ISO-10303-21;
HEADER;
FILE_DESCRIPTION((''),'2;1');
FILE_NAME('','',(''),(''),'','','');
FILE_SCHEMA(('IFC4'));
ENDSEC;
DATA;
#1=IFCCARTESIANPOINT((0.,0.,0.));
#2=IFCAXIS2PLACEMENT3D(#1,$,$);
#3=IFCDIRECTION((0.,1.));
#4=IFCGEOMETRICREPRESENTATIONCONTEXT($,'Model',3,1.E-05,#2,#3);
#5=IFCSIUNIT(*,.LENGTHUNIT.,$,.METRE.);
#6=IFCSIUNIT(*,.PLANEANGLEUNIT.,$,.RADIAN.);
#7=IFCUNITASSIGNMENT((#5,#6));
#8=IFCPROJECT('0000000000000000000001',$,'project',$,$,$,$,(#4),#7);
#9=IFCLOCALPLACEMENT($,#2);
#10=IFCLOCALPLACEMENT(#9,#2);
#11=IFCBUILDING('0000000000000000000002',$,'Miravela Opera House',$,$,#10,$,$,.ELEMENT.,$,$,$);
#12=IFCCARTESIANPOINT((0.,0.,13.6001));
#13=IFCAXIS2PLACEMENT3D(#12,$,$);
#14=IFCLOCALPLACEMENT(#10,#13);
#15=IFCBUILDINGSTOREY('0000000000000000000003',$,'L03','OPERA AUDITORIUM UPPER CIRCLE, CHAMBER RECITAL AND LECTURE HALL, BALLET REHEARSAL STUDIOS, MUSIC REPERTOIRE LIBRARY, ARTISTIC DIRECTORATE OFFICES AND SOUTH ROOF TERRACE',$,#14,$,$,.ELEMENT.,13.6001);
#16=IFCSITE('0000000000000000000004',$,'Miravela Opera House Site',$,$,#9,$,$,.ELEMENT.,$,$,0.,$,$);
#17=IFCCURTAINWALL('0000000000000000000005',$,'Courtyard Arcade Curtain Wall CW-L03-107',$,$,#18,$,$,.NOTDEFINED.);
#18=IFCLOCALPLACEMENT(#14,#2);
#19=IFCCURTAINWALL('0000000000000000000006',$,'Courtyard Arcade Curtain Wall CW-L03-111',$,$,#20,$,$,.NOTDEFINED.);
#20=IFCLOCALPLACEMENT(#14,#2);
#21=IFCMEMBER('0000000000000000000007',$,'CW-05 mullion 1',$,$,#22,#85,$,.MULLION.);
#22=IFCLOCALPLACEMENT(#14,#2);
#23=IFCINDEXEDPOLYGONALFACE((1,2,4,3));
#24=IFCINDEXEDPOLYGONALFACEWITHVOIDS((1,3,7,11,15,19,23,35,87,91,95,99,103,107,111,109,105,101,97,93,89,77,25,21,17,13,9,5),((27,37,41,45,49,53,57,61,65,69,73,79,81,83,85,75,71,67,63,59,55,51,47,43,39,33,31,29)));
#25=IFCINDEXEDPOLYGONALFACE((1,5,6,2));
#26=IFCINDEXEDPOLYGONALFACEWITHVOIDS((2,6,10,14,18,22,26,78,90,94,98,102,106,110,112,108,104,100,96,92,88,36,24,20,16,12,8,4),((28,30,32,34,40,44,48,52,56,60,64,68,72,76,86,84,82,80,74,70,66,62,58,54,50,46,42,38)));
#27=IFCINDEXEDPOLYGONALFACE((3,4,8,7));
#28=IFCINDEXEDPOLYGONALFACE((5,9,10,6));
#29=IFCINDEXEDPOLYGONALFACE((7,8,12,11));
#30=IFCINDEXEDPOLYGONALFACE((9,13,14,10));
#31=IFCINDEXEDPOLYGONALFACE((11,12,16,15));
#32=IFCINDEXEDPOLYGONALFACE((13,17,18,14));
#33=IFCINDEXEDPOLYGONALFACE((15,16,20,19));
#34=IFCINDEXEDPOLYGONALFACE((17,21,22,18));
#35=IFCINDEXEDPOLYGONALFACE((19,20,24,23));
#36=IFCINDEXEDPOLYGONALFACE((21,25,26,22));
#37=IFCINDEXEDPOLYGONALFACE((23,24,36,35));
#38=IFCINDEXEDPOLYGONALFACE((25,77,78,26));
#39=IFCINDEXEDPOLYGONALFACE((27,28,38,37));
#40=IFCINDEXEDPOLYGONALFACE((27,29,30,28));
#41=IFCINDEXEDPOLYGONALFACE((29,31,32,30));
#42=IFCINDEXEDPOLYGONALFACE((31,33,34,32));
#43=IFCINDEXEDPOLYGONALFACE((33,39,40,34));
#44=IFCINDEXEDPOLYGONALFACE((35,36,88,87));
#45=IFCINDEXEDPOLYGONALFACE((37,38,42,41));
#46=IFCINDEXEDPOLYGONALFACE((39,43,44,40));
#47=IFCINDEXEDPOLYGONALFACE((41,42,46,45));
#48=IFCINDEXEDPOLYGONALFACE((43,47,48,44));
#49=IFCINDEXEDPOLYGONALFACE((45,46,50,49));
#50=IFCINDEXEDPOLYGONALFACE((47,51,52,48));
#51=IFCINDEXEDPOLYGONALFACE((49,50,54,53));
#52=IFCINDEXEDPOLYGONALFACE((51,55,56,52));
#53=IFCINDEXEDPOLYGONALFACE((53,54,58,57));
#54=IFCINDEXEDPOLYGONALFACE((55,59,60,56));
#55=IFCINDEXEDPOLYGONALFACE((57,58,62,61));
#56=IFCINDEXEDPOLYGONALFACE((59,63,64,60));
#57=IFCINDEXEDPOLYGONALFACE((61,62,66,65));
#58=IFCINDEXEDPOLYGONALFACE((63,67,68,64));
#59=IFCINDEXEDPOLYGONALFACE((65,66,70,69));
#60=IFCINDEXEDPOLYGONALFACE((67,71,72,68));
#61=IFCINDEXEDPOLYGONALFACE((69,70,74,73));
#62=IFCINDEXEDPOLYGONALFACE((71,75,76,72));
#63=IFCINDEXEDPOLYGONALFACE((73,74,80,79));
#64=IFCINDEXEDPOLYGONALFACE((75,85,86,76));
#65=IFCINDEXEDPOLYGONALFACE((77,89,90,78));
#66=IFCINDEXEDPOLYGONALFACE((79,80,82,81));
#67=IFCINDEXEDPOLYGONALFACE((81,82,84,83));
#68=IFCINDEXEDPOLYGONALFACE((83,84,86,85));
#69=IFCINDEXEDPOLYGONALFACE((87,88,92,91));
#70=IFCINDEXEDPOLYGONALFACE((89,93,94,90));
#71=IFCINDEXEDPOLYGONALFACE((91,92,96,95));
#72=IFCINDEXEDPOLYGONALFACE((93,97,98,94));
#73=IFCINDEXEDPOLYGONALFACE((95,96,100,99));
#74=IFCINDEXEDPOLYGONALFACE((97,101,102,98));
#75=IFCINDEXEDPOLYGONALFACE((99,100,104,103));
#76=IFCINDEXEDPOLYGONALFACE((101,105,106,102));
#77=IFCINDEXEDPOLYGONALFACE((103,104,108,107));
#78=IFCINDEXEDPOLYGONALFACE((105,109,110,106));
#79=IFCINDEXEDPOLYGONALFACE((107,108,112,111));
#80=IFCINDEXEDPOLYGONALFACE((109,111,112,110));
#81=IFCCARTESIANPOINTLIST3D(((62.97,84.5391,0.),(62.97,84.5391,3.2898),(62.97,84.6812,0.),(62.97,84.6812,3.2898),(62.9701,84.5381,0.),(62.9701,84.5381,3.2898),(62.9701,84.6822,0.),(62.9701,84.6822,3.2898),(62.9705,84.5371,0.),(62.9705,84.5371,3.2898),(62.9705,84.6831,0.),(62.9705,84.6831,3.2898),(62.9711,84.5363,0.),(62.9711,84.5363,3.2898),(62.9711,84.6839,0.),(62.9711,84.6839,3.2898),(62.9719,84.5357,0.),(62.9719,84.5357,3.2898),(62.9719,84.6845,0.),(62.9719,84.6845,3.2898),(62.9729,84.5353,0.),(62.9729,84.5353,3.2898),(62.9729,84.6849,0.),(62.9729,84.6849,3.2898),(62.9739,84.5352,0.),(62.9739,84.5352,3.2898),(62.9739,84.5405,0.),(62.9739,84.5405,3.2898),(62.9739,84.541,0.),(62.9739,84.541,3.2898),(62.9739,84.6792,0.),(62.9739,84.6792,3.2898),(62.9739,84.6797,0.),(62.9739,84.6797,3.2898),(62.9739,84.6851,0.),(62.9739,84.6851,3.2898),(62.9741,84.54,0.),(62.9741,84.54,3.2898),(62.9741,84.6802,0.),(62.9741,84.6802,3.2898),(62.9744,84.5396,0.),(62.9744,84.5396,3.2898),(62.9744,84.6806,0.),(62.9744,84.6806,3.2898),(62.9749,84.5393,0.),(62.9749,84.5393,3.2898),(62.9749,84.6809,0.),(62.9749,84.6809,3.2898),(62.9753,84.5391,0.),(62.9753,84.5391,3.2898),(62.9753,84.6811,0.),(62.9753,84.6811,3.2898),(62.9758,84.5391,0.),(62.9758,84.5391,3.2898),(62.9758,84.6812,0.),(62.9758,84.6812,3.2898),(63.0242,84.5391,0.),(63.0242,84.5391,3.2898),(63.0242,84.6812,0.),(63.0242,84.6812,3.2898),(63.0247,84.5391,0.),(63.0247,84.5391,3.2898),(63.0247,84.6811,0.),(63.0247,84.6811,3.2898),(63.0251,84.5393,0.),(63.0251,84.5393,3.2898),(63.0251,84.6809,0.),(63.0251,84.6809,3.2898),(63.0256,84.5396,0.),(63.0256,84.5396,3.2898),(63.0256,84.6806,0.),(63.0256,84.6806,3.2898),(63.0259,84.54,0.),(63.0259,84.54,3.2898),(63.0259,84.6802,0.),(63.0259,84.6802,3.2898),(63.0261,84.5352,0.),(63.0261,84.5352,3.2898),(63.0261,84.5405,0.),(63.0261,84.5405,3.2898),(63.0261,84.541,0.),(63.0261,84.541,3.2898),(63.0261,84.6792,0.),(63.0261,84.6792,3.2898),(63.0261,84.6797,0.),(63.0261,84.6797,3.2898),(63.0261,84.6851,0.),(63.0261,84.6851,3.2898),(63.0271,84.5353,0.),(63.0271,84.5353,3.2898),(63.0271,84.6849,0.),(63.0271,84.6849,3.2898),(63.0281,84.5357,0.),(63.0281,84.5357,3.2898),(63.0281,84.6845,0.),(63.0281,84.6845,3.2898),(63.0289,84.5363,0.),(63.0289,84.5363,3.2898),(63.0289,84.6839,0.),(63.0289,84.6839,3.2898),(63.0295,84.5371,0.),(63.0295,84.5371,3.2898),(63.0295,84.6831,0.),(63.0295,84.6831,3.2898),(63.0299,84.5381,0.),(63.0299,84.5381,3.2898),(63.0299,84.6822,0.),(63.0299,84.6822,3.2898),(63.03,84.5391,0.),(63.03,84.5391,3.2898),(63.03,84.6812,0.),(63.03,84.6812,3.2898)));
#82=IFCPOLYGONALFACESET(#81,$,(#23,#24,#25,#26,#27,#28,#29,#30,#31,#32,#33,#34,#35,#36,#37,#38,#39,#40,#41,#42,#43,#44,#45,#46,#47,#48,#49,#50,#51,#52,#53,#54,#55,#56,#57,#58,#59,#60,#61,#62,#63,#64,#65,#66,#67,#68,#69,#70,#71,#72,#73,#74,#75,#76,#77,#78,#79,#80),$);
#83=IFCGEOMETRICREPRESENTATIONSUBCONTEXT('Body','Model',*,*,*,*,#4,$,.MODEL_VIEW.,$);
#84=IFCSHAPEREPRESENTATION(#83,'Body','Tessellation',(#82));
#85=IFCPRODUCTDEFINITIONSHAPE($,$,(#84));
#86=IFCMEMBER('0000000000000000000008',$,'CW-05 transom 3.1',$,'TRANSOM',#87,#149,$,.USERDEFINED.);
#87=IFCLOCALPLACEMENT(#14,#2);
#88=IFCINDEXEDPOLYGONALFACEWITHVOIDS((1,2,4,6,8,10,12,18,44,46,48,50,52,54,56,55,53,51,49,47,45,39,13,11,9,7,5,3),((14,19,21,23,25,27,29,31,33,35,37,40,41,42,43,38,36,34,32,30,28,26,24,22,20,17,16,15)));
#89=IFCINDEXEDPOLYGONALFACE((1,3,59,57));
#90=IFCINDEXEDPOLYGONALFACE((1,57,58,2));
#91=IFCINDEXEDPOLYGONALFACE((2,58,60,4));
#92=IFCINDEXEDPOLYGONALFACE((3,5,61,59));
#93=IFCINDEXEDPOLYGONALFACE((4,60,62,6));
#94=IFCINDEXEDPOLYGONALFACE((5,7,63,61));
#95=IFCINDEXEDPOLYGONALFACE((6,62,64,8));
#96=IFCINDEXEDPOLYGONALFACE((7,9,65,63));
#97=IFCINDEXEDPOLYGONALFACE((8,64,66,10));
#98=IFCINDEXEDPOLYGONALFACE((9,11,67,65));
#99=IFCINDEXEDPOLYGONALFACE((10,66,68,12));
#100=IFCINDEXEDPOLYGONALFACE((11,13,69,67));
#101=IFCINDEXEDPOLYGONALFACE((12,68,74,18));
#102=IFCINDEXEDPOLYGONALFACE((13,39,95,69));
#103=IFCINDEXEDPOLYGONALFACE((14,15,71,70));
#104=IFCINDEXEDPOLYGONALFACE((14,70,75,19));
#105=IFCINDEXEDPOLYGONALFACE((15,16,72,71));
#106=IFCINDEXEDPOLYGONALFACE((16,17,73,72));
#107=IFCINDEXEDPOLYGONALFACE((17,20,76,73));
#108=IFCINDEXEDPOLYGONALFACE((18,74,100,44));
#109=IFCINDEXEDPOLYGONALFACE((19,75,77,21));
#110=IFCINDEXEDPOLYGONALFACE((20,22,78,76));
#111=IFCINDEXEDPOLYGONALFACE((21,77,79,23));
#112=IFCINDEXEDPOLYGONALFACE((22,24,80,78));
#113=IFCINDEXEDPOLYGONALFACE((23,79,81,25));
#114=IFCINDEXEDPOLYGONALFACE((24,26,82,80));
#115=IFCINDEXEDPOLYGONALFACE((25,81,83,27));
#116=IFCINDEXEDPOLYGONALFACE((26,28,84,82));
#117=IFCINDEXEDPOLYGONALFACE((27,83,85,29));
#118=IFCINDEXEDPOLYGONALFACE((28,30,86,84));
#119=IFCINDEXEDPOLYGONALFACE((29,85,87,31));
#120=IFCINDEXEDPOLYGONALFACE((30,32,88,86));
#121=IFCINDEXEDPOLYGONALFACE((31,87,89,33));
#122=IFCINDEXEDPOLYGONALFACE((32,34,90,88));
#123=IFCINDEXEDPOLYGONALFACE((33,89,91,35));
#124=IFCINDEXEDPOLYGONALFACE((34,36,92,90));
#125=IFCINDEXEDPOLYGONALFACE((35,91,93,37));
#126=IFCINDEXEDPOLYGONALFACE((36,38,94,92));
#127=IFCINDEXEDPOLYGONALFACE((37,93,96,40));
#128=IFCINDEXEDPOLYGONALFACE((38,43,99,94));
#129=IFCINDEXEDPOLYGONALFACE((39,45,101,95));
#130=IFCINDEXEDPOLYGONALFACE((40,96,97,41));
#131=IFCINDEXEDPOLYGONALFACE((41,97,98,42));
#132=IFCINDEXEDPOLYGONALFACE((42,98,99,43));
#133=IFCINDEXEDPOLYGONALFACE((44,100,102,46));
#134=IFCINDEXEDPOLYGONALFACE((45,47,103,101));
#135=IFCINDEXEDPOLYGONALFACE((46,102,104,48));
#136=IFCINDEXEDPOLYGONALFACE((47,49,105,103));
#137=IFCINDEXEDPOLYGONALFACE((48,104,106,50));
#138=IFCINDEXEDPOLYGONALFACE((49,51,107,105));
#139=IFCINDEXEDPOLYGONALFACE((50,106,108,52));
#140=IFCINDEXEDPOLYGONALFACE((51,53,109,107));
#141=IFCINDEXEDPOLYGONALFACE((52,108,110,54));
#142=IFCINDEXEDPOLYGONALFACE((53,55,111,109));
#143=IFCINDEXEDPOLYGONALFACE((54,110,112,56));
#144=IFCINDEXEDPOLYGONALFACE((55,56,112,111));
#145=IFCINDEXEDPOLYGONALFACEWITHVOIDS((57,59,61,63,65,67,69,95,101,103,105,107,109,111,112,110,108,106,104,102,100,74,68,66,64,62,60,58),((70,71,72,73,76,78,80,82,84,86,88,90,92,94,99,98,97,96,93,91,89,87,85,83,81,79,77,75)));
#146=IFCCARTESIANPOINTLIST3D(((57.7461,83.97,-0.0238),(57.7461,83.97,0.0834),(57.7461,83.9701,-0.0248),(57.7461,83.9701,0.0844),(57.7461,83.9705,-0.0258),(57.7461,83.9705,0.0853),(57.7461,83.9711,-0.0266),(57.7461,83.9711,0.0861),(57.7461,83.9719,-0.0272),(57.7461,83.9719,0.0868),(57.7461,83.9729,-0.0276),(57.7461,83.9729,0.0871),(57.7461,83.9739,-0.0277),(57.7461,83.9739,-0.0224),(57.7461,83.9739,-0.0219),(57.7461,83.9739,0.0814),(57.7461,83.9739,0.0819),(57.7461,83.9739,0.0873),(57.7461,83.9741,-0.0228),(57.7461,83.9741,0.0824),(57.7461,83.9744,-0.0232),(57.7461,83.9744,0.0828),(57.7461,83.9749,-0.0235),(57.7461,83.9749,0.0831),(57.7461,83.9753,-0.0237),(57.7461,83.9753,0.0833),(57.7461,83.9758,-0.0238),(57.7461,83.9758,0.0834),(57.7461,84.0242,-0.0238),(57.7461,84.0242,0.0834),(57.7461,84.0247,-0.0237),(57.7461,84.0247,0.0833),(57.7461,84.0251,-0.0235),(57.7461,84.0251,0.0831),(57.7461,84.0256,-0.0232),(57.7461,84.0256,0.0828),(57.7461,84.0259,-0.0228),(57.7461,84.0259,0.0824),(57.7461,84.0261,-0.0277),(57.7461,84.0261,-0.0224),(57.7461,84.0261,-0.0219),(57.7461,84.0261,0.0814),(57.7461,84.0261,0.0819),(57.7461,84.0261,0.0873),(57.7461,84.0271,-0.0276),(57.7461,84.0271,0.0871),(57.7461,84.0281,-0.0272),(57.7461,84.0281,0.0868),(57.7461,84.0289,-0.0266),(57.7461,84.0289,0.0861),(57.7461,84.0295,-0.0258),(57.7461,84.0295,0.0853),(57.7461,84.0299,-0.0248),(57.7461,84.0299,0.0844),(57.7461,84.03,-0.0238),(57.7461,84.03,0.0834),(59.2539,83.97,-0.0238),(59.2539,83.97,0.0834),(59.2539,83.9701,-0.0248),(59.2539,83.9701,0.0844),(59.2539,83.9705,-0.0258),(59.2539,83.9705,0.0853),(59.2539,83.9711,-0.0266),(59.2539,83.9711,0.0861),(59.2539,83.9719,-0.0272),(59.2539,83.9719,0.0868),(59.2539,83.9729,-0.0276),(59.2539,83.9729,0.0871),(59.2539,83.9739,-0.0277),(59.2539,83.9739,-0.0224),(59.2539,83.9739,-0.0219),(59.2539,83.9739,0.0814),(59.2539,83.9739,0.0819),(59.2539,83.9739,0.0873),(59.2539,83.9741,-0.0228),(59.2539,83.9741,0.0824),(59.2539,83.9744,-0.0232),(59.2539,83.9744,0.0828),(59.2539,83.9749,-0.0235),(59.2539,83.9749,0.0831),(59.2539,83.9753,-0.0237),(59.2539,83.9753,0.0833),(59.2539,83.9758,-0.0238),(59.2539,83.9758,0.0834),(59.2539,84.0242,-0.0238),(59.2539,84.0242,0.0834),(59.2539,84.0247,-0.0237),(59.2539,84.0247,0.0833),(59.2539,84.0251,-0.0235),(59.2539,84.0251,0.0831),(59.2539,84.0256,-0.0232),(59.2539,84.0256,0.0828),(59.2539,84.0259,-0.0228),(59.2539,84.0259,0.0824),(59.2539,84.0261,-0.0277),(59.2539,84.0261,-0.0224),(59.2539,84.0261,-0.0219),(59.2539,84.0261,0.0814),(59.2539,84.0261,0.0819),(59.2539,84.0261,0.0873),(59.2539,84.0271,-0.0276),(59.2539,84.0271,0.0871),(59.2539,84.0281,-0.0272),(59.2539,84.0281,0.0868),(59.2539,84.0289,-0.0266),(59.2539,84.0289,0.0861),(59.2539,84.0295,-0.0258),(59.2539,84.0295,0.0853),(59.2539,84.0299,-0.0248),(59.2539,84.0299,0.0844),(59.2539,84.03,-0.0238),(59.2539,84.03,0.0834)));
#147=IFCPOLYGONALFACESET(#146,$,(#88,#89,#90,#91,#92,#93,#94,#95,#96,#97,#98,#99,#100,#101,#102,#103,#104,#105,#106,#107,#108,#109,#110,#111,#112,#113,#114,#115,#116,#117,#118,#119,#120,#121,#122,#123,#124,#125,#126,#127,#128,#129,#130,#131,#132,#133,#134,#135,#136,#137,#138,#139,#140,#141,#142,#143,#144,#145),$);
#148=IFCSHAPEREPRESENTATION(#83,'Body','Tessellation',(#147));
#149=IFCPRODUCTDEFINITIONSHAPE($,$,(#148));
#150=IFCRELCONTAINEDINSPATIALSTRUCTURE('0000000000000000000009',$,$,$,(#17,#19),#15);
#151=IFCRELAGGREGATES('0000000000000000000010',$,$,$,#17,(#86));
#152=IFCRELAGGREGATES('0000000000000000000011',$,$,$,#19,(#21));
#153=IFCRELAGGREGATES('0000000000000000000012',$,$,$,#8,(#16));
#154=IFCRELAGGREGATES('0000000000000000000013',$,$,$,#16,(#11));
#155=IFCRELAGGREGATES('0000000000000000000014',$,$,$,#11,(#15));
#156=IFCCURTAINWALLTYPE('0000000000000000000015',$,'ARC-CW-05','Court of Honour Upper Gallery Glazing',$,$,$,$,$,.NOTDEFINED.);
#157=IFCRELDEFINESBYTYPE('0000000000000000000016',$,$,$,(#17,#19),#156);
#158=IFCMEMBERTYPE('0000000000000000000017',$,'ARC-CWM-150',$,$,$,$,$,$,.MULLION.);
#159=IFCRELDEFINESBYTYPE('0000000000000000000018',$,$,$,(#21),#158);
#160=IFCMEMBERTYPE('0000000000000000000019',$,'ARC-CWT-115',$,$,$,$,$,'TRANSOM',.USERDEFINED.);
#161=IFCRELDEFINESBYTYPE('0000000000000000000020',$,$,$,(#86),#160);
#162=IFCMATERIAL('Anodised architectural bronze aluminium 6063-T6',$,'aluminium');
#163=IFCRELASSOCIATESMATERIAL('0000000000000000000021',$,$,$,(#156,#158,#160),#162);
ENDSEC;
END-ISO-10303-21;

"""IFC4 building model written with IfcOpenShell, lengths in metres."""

from ifc_helpers import new_model, si_unit, direction, frame, origin, origin_2d, place, context, subcontext, project, spatial, hollow_rectangle, extrude, material, material_profile, profile_set, type_object, element, aggregate, save


model = new_model("IFC4")

# Units and contexts
model_context = context("Model", 3, precision=1e-05, world=origin(), true_north=direction((0.0, 1.0)))
body_context = subcontext(model_context, "Body", "Model", "MODEL_VIEW")
ifc_project = project(units=[si_unit("LENGTHUNIT", "METRE"), si_unit("PLANEANGLEUNIT", "RADIAN")], contexts=[model_context])

# Site, building, storey
site_placement = place(None, origin())
site = spatial("IfcSite", under=ifc_project, at=site_placement, Name="Miravela Opera House Site", CompositionType="ELEMENT", RefElevation=0.0)
building_placement = place(site_placement, origin())
building = spatial("IfcBuilding", under=site, at=building_placement, Name="Miravela Opera House", CompositionType="ELEMENT")
storey_placement = place(building_placement, frame((0.0, 0.0, 13.6001)))
storey = spatial("IfcBuildingStorey", under=building, at=storey_placement, Name="L03", Description="OPERA AUDITORIUM UPPER CIRCLE, CHAMBER RECITAL AND LECTURE HALL, BALLET REHEARSAL STUDIOS, MUSIC REPERTOIRE LIBRARY, ARTISTIC DIRECTORATE OFFICES AND SOUTH ROOF TERRACE", CompositionType="ELEMENT", Elevation=13.6001)

# Curtain wall
ifc_material_1 = material(Name="Anodised architectural bronze aluminium 6063-T6", Category="aluminium")
curtain_wall_type = type_object("IfcCurtainWallType", Name="ARC-CW-05", Description="Court of Honour Upper Gallery Glazing", PredefinedType="NOTDEFINED", material=ifc_material_1)
curtain_wall_1_placement = place(storey_placement, origin())
curtain_wall_1 = element("IfcCurtainWall", 1, at=curtain_wall_1_placement, inside=storey, type_object=curtain_wall_type, Name="Courtyard Arcade Curtain Wall CW-L03-107", PredefinedType="NOTDEFINED")
ifc_material_profile_1 = material_profile(ifc_material_1, hollow_rectangle(XDim=0.0601, YDim=0.1499, WallThickness=0.0039, InnerFilletRadius=0.002, OuterFilletRadius=0.0039, at=origin_2d()), Name="CWM-60X150")
ifc_profile_set_1 = profile_set([ifc_material_profile_1])
member_type_1 = type_object("IfcMemberType", Name="ARC-CWM-150", PredefinedType="MULLION", material=ifc_profile_set_1)

# Curtain wall, member
curtain_wall_2_placement = place(storey_placement, origin())
curtain_wall_2 = element("IfcCurtainWall", 2, at=curtain_wall_2_placement, inside=storey, type_object=curtain_wall_type, Name="Courtyard Arcade Curtain Wall CW-L03-111", PredefinedType="NOTDEFINED")
member_1_placement = place(storey_placement, frame((63.0, 84.6101, 0.0), z_axis=(0.0, 0.0, 1.0), x_axis=(-1.0, 0.0, 0.0)))
member_1 = element("IfcMember", 3, at=member_1_placement, type_object=member_type_1, Name="CW-05 mullion 1", PredefinedType="MULLION", context=body_context, shape_type="SweptSolid", body=[
    extrude(hollow_rectangle(XDim=0.0601, YDim=0.1499, WallThickness=0.0039, InnerFilletRadius=0.002, OuterFilletRadius=0.0039, at=origin_2d()), origin(), (0.0, 0.0, 1.0), 3.2898),
])

# Member
ifc_material_profile_2 = material_profile(ifc_material_1, hollow_rectangle(XDim=0.0601, YDim=0.115, WallThickness=0.0039, InnerFilletRadius=0.002, OuterFilletRadius=0.0039, at=origin_2d()), Name="CWT-60X115")
ifc_profile_set_2 = profile_set([ifc_material_profile_2])
member_type_2 = type_object("IfcMemberType", Name="ARC-CWT-115", ElementType="TRANSOM", PredefinedType="USERDEFINED", material=ifc_profile_set_2)
member_2_placement = place(storey_placement, frame((57.7461, 84.0, 0.0298), z_axis=(1.0, 0.0, 0.0), x_axis=(0.0, 1.0, 0.0)))
member_2 = element("IfcMember", 4, at=member_2_placement, type_object=member_type_2, Name="CW-05 transom 3.1", ObjectType="TRANSOM", PredefinedType="USERDEFINED", context=body_context, shape_type="SweptSolid", body=[
    extrude(hollow_rectangle(XDim=0.0601, YDim=0.115, WallThickness=0.0039, InnerFilletRadius=0.002, OuterFilletRadius=0.0039, at=origin_2d()), origin(), (0.0, 0.0, 1.0), 1.5078),
])

aggregate(curtain_wall_1, [member_2])
aggregate(curtain_wall_2, [member_1])

save(model, "model.ifc")
